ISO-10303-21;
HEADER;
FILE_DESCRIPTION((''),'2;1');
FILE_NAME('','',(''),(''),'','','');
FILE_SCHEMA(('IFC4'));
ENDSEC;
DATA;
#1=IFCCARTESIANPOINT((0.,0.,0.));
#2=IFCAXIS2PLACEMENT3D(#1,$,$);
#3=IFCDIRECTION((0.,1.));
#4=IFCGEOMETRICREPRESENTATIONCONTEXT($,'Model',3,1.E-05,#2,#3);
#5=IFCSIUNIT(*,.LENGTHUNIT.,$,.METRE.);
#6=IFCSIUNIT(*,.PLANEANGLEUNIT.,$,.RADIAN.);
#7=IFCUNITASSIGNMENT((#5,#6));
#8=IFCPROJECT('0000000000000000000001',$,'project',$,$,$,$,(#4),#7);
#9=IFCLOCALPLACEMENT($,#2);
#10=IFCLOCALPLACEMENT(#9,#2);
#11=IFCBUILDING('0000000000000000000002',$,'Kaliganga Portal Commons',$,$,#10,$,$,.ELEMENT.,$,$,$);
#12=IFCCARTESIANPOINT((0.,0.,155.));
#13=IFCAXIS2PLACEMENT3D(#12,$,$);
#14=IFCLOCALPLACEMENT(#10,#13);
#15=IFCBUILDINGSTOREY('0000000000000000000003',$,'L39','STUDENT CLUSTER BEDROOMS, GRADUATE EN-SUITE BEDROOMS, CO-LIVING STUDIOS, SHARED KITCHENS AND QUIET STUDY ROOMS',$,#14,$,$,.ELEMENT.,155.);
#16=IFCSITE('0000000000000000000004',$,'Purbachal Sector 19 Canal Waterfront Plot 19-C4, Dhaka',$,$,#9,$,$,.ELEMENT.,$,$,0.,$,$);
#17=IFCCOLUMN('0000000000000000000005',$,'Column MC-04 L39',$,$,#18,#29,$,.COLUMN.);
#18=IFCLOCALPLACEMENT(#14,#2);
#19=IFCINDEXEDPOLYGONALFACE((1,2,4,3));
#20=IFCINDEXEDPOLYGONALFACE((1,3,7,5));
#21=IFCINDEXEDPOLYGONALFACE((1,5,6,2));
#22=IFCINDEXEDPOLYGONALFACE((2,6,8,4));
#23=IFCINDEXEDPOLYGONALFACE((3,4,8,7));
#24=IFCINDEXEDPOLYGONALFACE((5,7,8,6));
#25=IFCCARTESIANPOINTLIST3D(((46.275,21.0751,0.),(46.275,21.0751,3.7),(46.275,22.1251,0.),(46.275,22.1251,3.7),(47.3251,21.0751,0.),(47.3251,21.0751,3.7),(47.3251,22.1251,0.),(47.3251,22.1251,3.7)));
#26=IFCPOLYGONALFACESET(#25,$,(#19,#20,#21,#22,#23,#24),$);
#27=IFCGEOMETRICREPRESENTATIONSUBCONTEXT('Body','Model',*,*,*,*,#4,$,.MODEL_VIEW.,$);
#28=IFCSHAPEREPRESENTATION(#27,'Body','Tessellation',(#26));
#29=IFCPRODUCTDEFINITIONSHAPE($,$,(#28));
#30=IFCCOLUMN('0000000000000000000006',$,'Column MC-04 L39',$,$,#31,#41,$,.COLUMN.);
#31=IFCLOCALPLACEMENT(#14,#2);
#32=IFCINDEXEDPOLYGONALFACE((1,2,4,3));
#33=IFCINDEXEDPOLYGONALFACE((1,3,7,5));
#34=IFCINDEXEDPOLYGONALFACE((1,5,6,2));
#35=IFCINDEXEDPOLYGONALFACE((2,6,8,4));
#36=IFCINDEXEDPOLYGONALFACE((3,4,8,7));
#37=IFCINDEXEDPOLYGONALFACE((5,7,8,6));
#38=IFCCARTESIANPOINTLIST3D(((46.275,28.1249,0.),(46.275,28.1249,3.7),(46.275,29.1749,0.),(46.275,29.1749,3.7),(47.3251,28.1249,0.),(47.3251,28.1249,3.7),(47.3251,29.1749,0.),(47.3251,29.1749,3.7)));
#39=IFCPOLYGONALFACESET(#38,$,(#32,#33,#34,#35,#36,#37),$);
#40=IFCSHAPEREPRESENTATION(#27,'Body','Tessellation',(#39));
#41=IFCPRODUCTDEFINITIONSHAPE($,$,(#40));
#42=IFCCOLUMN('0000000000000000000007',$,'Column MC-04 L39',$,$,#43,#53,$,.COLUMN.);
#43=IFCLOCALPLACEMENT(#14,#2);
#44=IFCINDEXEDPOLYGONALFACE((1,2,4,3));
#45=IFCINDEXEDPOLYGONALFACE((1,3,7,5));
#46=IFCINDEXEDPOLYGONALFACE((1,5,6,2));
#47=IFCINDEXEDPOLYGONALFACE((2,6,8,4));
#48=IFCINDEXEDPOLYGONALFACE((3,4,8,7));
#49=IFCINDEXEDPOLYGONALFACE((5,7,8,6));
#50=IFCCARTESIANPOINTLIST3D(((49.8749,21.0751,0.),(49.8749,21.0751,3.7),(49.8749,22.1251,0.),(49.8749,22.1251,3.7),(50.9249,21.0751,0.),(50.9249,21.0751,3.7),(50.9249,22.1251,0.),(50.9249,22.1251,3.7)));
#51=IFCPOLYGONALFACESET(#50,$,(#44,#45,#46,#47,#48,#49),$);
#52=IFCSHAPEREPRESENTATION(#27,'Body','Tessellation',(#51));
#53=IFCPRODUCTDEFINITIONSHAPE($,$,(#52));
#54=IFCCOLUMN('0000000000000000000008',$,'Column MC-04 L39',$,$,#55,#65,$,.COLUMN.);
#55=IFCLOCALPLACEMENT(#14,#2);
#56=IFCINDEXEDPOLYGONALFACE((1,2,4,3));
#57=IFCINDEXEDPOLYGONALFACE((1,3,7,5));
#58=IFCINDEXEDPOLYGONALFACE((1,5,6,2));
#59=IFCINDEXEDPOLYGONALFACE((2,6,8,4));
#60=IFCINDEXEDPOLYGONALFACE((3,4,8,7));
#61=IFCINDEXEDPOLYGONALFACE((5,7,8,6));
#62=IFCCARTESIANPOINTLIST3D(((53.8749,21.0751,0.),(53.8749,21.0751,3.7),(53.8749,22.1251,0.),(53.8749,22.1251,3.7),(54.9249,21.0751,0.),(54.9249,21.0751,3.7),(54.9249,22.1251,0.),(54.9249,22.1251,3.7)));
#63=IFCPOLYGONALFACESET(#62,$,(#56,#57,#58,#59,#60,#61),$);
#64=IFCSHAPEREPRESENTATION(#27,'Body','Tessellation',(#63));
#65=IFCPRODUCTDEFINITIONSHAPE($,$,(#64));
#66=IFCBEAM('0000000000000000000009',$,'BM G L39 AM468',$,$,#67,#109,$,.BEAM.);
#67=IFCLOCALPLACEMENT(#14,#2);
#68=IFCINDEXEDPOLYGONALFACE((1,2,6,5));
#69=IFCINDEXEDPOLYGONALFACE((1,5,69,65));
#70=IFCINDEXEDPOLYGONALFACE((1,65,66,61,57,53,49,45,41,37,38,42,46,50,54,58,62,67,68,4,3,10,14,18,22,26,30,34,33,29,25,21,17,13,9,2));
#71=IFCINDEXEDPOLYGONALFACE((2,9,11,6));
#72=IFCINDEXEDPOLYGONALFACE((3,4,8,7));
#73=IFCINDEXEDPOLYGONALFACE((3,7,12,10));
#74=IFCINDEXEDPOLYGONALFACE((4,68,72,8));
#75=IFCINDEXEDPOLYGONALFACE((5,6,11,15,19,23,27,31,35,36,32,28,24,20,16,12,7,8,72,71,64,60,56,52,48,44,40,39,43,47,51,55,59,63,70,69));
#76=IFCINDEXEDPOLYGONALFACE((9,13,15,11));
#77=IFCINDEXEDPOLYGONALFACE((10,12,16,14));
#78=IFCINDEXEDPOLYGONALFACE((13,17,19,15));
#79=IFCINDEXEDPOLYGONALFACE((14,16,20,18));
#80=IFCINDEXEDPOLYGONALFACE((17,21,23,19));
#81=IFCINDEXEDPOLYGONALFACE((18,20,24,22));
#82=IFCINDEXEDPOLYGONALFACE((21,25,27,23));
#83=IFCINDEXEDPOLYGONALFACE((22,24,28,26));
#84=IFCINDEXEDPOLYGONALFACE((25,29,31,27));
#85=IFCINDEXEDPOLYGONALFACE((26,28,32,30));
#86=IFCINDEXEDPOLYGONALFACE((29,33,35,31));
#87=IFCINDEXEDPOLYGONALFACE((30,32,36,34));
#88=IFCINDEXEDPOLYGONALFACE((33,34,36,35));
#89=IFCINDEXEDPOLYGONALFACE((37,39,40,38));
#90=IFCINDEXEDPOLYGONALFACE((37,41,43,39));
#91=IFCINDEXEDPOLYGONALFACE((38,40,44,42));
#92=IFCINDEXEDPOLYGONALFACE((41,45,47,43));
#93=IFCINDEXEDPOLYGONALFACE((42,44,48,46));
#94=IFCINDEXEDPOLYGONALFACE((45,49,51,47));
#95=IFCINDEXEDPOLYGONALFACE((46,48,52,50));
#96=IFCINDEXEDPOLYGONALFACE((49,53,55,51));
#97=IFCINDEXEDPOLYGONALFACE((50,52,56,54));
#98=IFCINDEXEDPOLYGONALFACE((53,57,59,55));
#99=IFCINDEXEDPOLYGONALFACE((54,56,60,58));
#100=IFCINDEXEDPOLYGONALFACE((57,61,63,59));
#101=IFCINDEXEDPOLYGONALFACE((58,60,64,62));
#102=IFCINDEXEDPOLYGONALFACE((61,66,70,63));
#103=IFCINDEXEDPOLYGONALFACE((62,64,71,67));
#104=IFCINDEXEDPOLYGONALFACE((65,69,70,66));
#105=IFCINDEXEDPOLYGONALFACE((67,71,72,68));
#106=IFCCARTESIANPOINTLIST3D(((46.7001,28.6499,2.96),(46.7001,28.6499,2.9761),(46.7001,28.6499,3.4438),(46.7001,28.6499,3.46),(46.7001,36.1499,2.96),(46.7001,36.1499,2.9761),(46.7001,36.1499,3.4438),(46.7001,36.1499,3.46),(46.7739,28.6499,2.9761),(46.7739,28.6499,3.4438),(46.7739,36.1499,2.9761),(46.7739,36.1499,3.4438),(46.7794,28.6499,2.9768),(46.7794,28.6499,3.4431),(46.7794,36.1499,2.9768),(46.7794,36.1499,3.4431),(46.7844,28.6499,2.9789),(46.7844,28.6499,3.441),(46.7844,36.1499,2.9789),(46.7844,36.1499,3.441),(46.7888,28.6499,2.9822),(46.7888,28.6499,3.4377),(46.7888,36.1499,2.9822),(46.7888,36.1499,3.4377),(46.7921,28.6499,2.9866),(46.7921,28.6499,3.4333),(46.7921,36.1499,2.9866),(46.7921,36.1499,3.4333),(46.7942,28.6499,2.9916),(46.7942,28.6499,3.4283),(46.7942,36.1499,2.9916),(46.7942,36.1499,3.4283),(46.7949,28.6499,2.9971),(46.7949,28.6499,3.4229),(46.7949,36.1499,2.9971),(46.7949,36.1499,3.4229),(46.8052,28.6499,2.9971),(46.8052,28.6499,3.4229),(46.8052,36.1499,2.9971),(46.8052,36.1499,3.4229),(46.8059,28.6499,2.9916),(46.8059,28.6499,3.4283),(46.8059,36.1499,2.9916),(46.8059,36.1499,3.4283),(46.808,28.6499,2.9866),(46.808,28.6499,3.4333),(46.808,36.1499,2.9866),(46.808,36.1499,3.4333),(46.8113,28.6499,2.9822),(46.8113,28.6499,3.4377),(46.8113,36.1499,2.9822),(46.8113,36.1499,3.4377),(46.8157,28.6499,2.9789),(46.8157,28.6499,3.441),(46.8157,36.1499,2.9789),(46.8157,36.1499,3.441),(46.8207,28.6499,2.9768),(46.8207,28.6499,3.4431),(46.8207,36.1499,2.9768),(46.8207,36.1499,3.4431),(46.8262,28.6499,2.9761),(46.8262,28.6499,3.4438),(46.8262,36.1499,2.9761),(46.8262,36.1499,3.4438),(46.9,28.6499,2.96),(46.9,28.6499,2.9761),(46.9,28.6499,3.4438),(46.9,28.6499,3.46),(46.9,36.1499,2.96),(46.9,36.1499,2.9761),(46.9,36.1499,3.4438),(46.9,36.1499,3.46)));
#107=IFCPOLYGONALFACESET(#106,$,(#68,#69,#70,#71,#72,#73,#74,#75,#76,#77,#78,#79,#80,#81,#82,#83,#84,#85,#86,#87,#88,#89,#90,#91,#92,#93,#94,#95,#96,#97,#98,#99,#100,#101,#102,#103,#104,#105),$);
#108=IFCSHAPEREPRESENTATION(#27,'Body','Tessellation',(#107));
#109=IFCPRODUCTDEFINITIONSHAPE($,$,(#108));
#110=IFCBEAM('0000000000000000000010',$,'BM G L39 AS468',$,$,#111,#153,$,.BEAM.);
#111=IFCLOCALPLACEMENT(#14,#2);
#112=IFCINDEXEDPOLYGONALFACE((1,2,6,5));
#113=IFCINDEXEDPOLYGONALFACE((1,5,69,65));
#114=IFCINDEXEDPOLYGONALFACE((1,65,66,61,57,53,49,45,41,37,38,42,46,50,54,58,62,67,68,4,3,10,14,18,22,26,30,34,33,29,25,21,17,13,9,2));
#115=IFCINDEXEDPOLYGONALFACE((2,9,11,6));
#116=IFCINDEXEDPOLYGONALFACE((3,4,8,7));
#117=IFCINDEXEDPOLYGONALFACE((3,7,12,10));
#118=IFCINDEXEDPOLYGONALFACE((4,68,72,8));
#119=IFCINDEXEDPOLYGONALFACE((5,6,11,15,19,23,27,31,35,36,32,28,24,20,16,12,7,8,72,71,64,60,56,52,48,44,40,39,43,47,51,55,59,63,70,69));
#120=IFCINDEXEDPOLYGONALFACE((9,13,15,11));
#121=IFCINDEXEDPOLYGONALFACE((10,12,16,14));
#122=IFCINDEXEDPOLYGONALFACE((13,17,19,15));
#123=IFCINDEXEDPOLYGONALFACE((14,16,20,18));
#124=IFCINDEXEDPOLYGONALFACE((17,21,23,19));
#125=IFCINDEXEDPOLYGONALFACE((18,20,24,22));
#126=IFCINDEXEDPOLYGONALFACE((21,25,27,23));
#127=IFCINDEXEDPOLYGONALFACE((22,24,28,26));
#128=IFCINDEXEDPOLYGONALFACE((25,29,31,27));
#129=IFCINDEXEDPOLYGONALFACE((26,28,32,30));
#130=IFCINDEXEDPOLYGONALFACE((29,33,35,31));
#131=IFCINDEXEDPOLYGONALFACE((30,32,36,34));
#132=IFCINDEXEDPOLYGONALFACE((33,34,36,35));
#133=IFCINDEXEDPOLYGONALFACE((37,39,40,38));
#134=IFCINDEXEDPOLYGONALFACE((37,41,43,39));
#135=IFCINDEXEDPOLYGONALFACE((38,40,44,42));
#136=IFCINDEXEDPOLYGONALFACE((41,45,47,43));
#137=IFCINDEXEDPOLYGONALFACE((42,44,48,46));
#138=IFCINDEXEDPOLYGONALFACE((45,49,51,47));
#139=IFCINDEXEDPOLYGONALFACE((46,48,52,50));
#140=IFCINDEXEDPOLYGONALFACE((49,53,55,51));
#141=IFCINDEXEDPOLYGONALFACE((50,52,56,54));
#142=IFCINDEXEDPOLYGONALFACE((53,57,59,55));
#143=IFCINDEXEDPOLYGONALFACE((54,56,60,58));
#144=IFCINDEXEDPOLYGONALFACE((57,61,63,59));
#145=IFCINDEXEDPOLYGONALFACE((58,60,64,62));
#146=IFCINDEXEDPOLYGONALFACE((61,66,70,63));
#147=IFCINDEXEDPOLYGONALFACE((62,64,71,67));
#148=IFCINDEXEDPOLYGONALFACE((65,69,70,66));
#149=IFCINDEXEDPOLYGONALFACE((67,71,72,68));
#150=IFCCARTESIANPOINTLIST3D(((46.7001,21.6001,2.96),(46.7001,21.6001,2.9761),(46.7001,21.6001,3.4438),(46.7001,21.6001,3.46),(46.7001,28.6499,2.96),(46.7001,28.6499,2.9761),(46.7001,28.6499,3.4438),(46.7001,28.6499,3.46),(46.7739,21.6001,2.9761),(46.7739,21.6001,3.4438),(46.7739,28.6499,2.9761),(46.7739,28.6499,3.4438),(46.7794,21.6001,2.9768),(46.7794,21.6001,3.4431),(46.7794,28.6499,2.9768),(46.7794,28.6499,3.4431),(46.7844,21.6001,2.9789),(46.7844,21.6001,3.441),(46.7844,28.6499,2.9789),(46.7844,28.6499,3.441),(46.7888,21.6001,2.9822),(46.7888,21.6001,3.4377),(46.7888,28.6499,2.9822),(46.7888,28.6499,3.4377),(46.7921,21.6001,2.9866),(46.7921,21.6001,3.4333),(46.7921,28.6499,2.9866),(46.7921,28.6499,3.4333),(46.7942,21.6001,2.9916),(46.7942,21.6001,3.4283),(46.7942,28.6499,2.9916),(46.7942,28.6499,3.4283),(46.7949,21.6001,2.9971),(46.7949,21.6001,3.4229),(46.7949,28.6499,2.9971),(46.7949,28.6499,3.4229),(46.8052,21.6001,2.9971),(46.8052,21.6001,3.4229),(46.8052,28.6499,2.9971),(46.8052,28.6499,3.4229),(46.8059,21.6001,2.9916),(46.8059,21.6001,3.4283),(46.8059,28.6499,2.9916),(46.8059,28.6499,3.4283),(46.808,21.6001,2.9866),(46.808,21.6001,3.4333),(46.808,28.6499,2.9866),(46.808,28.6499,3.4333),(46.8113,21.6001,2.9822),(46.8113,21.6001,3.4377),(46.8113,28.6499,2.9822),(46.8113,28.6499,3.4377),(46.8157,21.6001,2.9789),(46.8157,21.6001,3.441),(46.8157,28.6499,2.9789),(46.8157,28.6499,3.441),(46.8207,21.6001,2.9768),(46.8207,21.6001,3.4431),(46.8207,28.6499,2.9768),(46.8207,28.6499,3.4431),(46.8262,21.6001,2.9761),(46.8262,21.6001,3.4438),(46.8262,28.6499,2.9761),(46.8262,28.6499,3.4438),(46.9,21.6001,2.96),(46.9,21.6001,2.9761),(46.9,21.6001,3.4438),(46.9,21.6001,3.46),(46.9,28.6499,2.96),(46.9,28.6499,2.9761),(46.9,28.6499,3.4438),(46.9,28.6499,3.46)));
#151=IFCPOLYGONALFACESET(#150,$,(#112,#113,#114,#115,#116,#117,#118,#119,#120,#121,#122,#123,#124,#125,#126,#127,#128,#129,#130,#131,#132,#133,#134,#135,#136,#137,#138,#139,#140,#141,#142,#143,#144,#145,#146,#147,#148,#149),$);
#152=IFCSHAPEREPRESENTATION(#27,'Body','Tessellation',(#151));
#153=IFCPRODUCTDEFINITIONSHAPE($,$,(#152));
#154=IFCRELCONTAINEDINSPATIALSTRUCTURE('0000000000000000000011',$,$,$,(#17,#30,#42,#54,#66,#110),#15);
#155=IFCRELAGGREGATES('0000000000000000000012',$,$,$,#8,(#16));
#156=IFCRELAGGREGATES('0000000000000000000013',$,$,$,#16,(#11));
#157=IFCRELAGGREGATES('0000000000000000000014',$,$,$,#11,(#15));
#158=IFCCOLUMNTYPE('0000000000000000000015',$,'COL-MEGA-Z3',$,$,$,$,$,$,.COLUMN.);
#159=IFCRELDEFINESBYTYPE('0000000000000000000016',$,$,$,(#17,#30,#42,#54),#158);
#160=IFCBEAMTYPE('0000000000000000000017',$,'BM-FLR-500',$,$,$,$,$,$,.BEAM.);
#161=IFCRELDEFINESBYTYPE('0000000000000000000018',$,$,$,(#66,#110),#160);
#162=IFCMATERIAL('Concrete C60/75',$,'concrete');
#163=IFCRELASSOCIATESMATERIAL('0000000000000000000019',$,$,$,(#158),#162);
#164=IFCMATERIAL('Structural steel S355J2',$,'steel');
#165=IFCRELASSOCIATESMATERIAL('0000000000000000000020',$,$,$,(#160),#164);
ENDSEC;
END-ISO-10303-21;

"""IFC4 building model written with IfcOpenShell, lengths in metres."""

from ifc_helpers import new_model, si_unit, direction, frame, origin, origin_2d, place, context, subcontext, project, spatial, rectangle, i_section, extrude, source, transform, mapped, material, material_profile, profile_set, type_object, element, save


model = new_model("IFC4")

# Units and contexts
model_context = context("Model", 3, precision=1e-05, world=origin(), true_north=direction((0.0, 1.0)))
body_context = subcontext(model_context, "Body", "Model", "MODEL_VIEW")
ifc_project = project(units=[si_unit("LENGTHUNIT", "METRE"), si_unit("PLANEANGLEUNIT", "RADIAN")], contexts=[model_context])

# Site, building, storey
site_placement = place(None, origin())
site = spatial("IfcSite", under=ifc_project, at=site_placement, Name="Purbachal Sector 19 Canal Waterfront Plot 19-C4, Dhaka", CompositionType="ELEMENT", RefElevation=0.0)
building_placement = place(site_placement, origin())
building = spatial("IfcBuilding", under=site, at=building_placement, Name="Kaliganga Portal Commons", CompositionType="ELEMENT")
storey_placement = place(building_placement, frame((0.0, 0.0, 155.0)))
storey = spatial("IfcBuildingStorey", under=building, at=storey_placement, Name="L39", Description="STUDENT CLUSTER BEDROOMS, GRADUATE EN-SUITE BEDROOMS, CO-LIVING STUDIOS, SHARED KITCHENS AND QUIET STUDY ROOMS", CompositionType="ELEMENT", Elevation=155.0)

# Columns
ifc_material_1 = material(Name="Concrete C60/75", Category="concrete")
ifc_material_profile_1 = material_profile(ifc_material_1, rectangle(XDim=1.05, YDim=1.05, at=origin_2d()), Name="RC 1050x1050")
ifc_profile_set_1 = profile_set([ifc_material_profile_1], Name="Concrete C60/75")
column_type = type_object("IfcColumnType", Name="COL-MEGA-Z3", PredefinedType="COLUMN", material=ifc_profile_set_1)
shared_shape_1 = source(origin(), body_context, "Body", "SweptSolid", [
    extrude(rectangle(XDim=1.05, YDim=1.05, at=origin_2d()), origin(), (0.0, 0.0, 1.0), 3.7),
])
for number, where, z_axis, x_axis, name in (
    (1, (46.8, 21.6001, 0.0), (0.0, 0.0, 1.0), (1.0, 0.0, 0.0), "Column MC-04 L39"),
    (2, (46.8, 28.6499, 0.0), (0.0, 0.0, 1.0), (1.0, 0.0, 0.0), "Column MC-04 L39"),
    (3, (50.3999, 21.6001, 0.0), (0.0, 0.0, 1.0), (1.0, 0.0, 0.0), "Column MC-04 L39"),
    (4, (54.3999, 21.6001, 0.0), (0.0, 0.0, 1.0), (1.0, 0.0, 0.0), "Column MC-04 L39"),
):
    element("IfcColumn", number, at=place(storey_placement, frame(where, z_axis=z_axis, x_axis=x_axis)), inside=storey, type_object=column_type, Name=name, PredefinedType="COLUMN", context=body_context, shape_type="MappedRepresentation", body=[
        mapped(shared_shape_1, transform((0.0, 0.0, 0.0), x_axis=(1.0, 0.0, 0.0), y_axis=(0.0, 1.0, 0.0), z_axis=(0.0, 0.0, 1.0), scale=1.0)),
    ])

# Beams
ifc_material_2 = material(Name="Structural steel S355J2", Category="steel")
ifc_material_profile_2 = material_profile(ifc_material_2, i_section(OverallWidth=0.2, OverallDepth=0.5, WebThickness=0.0103, FlangeThickness=0.0161, FilletRadius=0.021, at=origin_2d()), Name="IPE 500")
ifc_profile_set_2 = profile_set([ifc_material_profile_2], Name="Structural steel S355J2 wide-flange")
beam_type_1 = type_object("IfcBeamType", Name="BM-FLR-500", PredefinedType="BEAM", material=ifc_profile_set_2)
shared_shape_2 = source(origin(), body_context, "Body", "SweptSolid", [
    extrude(i_section(OverallWidth=0.2, OverallDepth=0.5, WebThickness=0.0103, FlangeThickness=0.0161, FilletRadius=0.021, at=origin_2d()), origin(), (0.0, 0.0, 1.0), 7.5),
])
beam_1_placement = place(storey_placement, frame((46.8, 28.6499, 3.21), z_axis=(0.0, 1.0, 0.0), x_axis=(-1.0, 0.0, 0.0)))
element("IfcBeam", 5, at=beam_1_placement, inside=storey, type_object=beam_type_1, Name="BM G L39 AM468", PredefinedType="BEAM", context=body_context, shape_type="MappedRepresentation", body=[
    mapped(shared_shape_2, transform((0.0, 0.0, 0.0), x_axis=(1.0, 0.0, 0.0), y_axis=(0.0, 1.0, 0.0), z_axis=(0.0, 0.0, 1.0), scale=1.0)),
])
shared_shape_3 = source(origin(), body_context, "Body", "SweptSolid", [
    extrude(i_section(OverallWidth=0.2, OverallDepth=0.5, WebThickness=0.0103, FlangeThickness=0.0161, FilletRadius=0.021, at=origin_2d()), origin(), (0.0, 0.0, 1.0), 7.0498),
])
beam_2_placement = place(storey_placement, frame((46.8, 21.6001, 3.21), z_axis=(0.0, 1.0, 0.0), x_axis=(-1.0, 0.0, 0.0)))
element("IfcBeam", 6, at=beam_2_placement, inside=storey, type_object=beam_type_1, Name="BM G L39 AS468", PredefinedType="BEAM", context=body_context, shape_type="MappedRepresentation", body=[
    mapped(shared_shape_3, transform((0.0, 0.0, 0.0), x_axis=(1.0, 0.0, 0.0), y_axis=(0.0, 1.0, 0.0), z_axis=(0.0, 0.0, 1.0), scale=1.0)),
])

save(model, "model.ifc")
